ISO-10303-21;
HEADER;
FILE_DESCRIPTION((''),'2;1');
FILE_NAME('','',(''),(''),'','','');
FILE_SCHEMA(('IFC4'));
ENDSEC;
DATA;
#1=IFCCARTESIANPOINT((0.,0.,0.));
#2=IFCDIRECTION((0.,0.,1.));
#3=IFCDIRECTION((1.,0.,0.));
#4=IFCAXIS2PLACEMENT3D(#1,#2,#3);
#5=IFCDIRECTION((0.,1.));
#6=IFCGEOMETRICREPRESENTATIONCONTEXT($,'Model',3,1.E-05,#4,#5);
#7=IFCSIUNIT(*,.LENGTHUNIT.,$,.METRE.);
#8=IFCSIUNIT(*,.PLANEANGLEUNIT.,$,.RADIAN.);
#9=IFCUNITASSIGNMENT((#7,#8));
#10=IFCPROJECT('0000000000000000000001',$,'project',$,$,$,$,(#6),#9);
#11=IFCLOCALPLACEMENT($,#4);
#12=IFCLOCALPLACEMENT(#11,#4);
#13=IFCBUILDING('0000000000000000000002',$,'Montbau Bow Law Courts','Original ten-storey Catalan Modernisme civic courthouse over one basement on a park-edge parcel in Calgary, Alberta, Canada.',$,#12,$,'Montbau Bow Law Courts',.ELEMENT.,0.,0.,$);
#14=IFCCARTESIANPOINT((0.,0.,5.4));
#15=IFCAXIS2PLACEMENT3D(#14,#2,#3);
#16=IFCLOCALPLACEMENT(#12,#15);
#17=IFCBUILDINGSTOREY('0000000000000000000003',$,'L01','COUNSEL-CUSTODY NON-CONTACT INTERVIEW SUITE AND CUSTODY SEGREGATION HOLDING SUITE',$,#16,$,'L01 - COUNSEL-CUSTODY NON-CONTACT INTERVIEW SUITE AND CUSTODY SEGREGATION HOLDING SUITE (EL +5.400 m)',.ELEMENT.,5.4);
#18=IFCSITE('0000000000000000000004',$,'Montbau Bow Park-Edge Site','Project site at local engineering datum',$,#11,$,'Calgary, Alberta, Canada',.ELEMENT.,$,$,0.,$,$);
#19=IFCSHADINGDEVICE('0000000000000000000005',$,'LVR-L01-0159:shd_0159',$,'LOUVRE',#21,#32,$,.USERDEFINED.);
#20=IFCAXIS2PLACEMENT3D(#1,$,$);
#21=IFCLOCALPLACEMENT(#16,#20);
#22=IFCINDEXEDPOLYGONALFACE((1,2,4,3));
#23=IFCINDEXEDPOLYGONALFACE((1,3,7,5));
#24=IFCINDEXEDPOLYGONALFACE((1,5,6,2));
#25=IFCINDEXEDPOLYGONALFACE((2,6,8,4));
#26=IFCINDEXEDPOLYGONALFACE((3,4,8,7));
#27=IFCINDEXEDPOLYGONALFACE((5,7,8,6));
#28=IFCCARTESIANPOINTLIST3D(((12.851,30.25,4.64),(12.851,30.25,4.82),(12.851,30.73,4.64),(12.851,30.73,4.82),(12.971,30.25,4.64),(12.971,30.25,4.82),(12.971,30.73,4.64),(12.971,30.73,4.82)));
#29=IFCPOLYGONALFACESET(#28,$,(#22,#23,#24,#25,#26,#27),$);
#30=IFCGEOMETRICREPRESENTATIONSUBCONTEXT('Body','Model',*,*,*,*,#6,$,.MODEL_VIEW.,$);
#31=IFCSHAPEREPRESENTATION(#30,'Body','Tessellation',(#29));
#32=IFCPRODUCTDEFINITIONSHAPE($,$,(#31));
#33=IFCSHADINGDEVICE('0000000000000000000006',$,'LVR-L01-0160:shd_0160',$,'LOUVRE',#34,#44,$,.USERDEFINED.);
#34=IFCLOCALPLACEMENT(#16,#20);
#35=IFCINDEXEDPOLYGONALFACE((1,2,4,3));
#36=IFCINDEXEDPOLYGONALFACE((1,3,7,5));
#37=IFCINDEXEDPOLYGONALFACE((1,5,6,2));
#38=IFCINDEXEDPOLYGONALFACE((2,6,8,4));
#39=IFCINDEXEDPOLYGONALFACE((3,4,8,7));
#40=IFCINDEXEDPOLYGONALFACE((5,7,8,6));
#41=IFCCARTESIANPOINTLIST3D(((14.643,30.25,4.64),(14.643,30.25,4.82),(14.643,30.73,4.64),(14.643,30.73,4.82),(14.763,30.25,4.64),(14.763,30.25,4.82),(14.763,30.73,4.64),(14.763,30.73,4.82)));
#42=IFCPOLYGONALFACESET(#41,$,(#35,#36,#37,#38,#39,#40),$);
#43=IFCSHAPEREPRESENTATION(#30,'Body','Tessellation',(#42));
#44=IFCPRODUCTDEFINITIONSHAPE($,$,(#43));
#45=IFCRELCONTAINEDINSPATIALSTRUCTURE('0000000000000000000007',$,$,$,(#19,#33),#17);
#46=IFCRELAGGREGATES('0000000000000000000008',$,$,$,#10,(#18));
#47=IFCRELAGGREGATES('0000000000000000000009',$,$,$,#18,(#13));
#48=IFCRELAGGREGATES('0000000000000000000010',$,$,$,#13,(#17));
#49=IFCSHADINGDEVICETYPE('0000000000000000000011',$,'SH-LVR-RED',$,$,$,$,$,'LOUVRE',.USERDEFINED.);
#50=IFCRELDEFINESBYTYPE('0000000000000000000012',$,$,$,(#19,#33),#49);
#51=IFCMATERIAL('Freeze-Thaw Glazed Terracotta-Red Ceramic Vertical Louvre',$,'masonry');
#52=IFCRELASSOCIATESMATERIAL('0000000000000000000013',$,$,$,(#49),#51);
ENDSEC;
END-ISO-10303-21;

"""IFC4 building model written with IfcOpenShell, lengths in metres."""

from ifc_helpers import new_model, si_unit, direction, frame, origin_with_axes, origin_2d_with_axis, place, context, subcontext, project, spatial, rectangle, extrude, material, type_object, element, save


model = new_model("IFC4")

# Units and contexts
model_context = context("Model", 3, precision=1e-05, world=origin_with_axes(), true_north=direction((0.0, 1.0)))
body_context = subcontext(model_context, "Body", "Model", "MODEL_VIEW")
ifc_project = project(units=[si_unit("LENGTHUNIT", "METRE"), si_unit("PLANEANGLEUNIT", "RADIAN")], contexts=[model_context])

# Site, building, storey
site_placement = place(None, origin_with_axes())
site = spatial("IfcSite", under=ifc_project, at=site_placement, Name="Montbau Bow Park-Edge Site", Description="Project site at local engineering datum", LongName="Calgary, Alberta, Canada", CompositionType="ELEMENT", RefElevation=0.0)
building_placement = place(site_placement, origin_with_axes())
building = spatial("IfcBuilding", under=site, at=building_placement, Name="Montbau Bow Law Courts", Description="Original ten-storey Catalan Modernisme civic courthouse over one basement on a park-edge parcel in Calgary, Alberta, Canada.", LongName="Montbau Bow Law Courts", CompositionType="ELEMENT", ElevationOfRefHeight=0.0, ElevationOfTerrain=0.0)
storey_placement = place(building_placement, frame((0.0, 0.0, 5.4), z_axis=(0.0, 0.0, 1.0), x_axis=(1.0, 0.0, 0.0)))
storey = spatial("IfcBuildingStorey", under=building, at=storey_placement, Name="L01", Description="COUNSEL-CUSTODY NON-CONTACT INTERVIEW SUITE AND CUSTODY SEGREGATION HOLDING SUITE", LongName="L01 - COUNSEL-CUSTODY NON-CONTACT INTERVIEW SUITE AND CUSTODY SEGREGATION HOLDING SUITE (EL +5.400 m)", CompositionType="ELEMENT", Elevation=5.4)

# Shading devices
ifc_material_1 = material(Name="Freeze-Thaw Glazed Terracotta-Red Ceramic Vertical Louvre", Category="masonry")
shading_device_type = type_object("IfcShadingDeviceType", Name="SH-LVR-RED", ElementType="LOUVRE", PredefinedType="USERDEFINED", material=ifc_material_1)
for number, where, z_axis, x_axis, name in (
    (1, (12.911, 30.49, 10.04), (0.0, 0.0, 1.0), (0.0, -1.0, 0.0), "LVR-L01-0159:shd_0159"),
    (2, (14.703, 30.49, 10.04), (0.0, 0.0, 1.0), (0.0, -1.0, 0.0), "LVR-L01-0160:shd_0160"),
):
    element("IfcShadingDevice", number, at=place(None, frame(where, z_axis=z_axis, x_axis=x_axis)), inside=storey, type_object=shading_device_type, Name=name, ObjectType="LOUVRE", PredefinedType="USERDEFINED", context=body_context, shape_type="SweptSolid", body=[
        extrude(rectangle(XDim=0.48, YDim=0.12, at=origin_2d_with_axis()), origin_with_axes(), (0.0, 0.0, 1.0), 0.18),
    ])

save(model, "model.ifc")
